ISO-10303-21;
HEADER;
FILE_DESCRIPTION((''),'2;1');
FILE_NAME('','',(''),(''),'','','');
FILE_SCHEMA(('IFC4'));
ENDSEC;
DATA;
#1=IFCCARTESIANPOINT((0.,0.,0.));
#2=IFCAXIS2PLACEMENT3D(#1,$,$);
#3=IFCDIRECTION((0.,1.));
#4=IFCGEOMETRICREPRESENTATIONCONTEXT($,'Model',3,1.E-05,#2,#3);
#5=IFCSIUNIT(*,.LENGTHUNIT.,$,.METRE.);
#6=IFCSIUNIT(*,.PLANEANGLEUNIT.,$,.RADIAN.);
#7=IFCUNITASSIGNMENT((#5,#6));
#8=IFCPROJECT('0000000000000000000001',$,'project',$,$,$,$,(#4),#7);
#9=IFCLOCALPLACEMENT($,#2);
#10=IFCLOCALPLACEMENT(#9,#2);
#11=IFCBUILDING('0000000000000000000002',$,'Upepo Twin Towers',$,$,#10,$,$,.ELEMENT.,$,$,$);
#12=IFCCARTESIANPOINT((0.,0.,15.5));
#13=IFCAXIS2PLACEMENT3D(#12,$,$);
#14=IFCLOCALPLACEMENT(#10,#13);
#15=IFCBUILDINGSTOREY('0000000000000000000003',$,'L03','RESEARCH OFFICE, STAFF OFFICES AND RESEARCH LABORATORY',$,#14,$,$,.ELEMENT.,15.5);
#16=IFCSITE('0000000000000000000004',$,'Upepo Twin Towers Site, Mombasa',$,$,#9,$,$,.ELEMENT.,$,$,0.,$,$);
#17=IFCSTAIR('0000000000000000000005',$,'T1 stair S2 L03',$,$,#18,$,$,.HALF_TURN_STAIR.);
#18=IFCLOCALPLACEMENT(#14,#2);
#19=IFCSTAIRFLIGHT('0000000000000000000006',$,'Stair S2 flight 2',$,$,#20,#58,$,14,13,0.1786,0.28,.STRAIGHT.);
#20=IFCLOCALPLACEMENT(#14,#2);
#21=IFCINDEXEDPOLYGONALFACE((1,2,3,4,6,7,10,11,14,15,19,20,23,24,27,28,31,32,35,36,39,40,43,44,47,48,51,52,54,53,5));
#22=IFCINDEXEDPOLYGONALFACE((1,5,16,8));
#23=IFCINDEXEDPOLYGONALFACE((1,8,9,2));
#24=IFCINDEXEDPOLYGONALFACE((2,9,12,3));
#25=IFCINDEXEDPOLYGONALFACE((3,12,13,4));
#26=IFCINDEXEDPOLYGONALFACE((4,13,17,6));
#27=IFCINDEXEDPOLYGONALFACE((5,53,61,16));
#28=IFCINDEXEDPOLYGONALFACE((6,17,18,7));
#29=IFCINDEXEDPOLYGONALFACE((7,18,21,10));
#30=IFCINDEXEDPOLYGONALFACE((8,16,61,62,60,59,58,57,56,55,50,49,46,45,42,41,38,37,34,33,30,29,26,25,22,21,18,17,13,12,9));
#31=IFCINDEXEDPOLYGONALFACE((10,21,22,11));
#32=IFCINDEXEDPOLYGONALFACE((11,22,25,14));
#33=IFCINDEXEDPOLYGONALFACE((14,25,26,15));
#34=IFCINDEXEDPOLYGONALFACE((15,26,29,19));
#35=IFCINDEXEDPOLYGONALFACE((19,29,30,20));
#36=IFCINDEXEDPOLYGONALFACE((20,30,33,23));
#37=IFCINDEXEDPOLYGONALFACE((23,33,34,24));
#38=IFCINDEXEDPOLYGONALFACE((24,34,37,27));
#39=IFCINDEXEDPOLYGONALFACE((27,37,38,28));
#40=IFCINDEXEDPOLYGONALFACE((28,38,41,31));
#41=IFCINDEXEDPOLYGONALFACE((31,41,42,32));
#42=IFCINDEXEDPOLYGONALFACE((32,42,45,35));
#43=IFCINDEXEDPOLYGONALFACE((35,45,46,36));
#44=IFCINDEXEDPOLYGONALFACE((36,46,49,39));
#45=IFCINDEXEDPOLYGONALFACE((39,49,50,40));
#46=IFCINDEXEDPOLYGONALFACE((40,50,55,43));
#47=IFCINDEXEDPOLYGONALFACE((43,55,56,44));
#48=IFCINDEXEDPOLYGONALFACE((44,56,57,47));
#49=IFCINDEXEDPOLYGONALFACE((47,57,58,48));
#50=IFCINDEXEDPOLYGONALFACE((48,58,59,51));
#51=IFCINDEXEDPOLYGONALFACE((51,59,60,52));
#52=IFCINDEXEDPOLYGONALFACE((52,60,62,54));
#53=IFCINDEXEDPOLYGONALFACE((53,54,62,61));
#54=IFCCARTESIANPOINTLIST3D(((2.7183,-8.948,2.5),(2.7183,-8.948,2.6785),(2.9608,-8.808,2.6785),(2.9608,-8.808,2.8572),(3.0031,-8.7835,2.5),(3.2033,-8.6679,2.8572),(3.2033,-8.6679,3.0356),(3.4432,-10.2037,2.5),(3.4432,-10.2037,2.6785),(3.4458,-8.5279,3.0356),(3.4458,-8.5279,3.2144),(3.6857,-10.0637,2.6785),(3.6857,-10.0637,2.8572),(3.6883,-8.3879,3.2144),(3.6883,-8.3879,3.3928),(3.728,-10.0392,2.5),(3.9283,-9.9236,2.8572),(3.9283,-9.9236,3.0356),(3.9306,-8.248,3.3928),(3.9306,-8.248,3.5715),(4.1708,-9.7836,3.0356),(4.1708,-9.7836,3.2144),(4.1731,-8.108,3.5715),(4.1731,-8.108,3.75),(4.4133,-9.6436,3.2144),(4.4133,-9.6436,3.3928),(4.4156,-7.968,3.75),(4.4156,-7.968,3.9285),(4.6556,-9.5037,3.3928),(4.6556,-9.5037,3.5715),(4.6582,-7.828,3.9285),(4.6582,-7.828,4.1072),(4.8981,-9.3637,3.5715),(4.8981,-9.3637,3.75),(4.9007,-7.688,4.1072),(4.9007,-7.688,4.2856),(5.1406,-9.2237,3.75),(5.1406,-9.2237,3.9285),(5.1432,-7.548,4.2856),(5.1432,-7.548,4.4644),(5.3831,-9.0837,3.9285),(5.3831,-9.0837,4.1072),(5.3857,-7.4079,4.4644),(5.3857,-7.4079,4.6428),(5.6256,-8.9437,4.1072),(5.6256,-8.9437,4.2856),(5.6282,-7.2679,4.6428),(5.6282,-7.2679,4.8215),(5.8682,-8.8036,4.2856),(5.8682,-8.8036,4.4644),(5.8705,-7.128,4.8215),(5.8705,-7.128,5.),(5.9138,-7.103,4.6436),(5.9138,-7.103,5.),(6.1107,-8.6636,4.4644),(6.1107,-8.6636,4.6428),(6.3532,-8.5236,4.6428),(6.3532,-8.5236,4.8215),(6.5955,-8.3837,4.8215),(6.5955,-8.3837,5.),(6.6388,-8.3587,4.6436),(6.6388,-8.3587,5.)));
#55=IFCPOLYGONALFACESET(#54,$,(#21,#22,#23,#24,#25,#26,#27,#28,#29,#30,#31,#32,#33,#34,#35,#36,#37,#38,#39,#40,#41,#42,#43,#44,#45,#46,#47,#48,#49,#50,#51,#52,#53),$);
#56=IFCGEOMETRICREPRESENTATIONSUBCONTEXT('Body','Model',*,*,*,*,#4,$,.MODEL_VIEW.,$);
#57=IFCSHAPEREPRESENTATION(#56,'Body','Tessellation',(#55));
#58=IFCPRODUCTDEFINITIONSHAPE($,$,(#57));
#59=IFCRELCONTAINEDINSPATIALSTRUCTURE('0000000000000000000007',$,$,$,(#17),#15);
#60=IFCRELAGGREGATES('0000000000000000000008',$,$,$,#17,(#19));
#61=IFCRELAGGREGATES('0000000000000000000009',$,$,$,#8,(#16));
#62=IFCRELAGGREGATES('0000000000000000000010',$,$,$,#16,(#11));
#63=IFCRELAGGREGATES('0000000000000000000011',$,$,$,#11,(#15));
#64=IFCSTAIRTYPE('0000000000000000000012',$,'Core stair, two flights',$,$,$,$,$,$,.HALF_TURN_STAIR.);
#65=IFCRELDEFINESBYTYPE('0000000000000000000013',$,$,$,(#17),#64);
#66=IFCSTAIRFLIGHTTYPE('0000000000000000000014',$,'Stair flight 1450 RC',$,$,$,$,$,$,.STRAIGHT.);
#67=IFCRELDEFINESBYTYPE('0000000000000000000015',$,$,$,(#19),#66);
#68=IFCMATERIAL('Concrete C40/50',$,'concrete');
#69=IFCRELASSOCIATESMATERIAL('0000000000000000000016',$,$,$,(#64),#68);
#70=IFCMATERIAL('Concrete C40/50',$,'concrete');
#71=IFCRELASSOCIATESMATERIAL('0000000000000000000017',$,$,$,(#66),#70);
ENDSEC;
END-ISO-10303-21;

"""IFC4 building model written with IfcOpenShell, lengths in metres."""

from ifc_helpers import new_model, si_unit, direction, frame, origin, place, context, subcontext, project, spatial, polyline, outline, extrude, material, type_object, element, aggregate, save


model = new_model("IFC4")

# Units and contexts
model_context = context("Model", 3, precision=1e-05, world=origin(), true_north=direction((0.0, 1.0)))
body_context = subcontext(model_context, "Body", "Model", "MODEL_VIEW")
ifc_project = project(units=[si_unit("LENGTHUNIT", "METRE"), si_unit("PLANEANGLEUNIT", "RADIAN")], contexts=[model_context])

# Site, building, storey
site_placement = place(None, origin())
site = spatial("IfcSite", under=ifc_project, at=site_placement, Name="Upepo Twin Towers Site, Mombasa", CompositionType="ELEMENT", RefElevation=0.0)
building_placement = place(site_placement, origin())
building = spatial("IfcBuilding", under=site, at=building_placement, Name="Upepo Twin Towers", CompositionType="ELEMENT")
storey_placement = place(building_placement, frame((0.0, 0.0, 15.5)))
storey = spatial("IfcBuildingStorey", under=building, at=storey_placement, Name="L03", Description="RESEARCH OFFICE, STAFF OFFICES AND RESEARCH LABORATORY", CompositionType="ELEMENT", Elevation=15.5)

# Stair, stair flight
ifc_material_1 = material(Name="Concrete C40/50", Category="concrete")
stair_type_1 = type_object("IfcStairType", Name="Core stair, two flights", PredefinedType="HALF_TURN_STAIR", material=ifc_material_1)
stair_1_placement = place(storey_placement, origin())
stair_1 = element("IfcStair", 1, at=stair_1_placement, inside=storey, type_object=stair_type_1, Name="T1 stair S2 L03", PredefinedType="HALF_TURN_STAIR")
ifc_material_2 = material(Name="Concrete C40/50", Category="concrete")
stair_flight_type_1 = type_object("IfcStairFlightType", Name="Stair flight 1450 RC", PredefinedType="STRAIGHT", material=ifc_material_2)
stair_flight_1_placement = place(storey_placement, frame((3.0808, -9.5759, 2.5), z_axis=(0.0, 0.0, 1.0), x_axis=(0.866025, 0.5, 0.0)))
stair_flight_1 = element("IfcStairFlight", 2, at=stair_flight_1_placement, type_object=stair_flight_type_1, Name="Stair S2 flight 2", NumberOfRisers=14, NumberOfTreads=13, PredefinedType="STRAIGHT", RiserHeight=0.1786, TreadLength=0.28, context=body_context, shape_type="SweptSolid", body=[
    extrude(outline(polyline([(0.0, 0.0), (0.0, 0.1785), (0.28, 0.1785), (0.28, 0.3572), (0.5601, 0.3572), (0.5601, 0.5356), (0.8401, 0.5356), (0.8401, 0.7144), (1.1201, 0.7144), (1.1201, 0.8928), (1.3999, 0.8928), (1.3999, 1.0715), (1.6799, 1.0715), (1.6799, 1.25), (1.96, 1.25), (1.96, 1.4285), (2.24, 1.4285), (2.24, 1.6072), (2.52, 1.6072), (2.52, 1.7856), (2.8, 1.7856), (2.8, 1.9644), (3.0801, 1.9644), (3.0801, 2.1428), (3.3601, 2.1428), (3.3601, 2.3215), (3.6399, 2.3215), (3.6399, 2.5), (3.6899, 2.5), (3.6899, 2.1436), (0.3289, 0.0), (0.0, 0.0)])), frame((0.0, 0.7251, 0.0), z_axis=(0.0, -1.0, 0.0), x_axis=(1.0, 0.0, 0.0)), (0.0, 0.0, 1.0), 1.45),
])
aggregate(stair_1, [stair_flight_1])

save(model, "model.ifc")
